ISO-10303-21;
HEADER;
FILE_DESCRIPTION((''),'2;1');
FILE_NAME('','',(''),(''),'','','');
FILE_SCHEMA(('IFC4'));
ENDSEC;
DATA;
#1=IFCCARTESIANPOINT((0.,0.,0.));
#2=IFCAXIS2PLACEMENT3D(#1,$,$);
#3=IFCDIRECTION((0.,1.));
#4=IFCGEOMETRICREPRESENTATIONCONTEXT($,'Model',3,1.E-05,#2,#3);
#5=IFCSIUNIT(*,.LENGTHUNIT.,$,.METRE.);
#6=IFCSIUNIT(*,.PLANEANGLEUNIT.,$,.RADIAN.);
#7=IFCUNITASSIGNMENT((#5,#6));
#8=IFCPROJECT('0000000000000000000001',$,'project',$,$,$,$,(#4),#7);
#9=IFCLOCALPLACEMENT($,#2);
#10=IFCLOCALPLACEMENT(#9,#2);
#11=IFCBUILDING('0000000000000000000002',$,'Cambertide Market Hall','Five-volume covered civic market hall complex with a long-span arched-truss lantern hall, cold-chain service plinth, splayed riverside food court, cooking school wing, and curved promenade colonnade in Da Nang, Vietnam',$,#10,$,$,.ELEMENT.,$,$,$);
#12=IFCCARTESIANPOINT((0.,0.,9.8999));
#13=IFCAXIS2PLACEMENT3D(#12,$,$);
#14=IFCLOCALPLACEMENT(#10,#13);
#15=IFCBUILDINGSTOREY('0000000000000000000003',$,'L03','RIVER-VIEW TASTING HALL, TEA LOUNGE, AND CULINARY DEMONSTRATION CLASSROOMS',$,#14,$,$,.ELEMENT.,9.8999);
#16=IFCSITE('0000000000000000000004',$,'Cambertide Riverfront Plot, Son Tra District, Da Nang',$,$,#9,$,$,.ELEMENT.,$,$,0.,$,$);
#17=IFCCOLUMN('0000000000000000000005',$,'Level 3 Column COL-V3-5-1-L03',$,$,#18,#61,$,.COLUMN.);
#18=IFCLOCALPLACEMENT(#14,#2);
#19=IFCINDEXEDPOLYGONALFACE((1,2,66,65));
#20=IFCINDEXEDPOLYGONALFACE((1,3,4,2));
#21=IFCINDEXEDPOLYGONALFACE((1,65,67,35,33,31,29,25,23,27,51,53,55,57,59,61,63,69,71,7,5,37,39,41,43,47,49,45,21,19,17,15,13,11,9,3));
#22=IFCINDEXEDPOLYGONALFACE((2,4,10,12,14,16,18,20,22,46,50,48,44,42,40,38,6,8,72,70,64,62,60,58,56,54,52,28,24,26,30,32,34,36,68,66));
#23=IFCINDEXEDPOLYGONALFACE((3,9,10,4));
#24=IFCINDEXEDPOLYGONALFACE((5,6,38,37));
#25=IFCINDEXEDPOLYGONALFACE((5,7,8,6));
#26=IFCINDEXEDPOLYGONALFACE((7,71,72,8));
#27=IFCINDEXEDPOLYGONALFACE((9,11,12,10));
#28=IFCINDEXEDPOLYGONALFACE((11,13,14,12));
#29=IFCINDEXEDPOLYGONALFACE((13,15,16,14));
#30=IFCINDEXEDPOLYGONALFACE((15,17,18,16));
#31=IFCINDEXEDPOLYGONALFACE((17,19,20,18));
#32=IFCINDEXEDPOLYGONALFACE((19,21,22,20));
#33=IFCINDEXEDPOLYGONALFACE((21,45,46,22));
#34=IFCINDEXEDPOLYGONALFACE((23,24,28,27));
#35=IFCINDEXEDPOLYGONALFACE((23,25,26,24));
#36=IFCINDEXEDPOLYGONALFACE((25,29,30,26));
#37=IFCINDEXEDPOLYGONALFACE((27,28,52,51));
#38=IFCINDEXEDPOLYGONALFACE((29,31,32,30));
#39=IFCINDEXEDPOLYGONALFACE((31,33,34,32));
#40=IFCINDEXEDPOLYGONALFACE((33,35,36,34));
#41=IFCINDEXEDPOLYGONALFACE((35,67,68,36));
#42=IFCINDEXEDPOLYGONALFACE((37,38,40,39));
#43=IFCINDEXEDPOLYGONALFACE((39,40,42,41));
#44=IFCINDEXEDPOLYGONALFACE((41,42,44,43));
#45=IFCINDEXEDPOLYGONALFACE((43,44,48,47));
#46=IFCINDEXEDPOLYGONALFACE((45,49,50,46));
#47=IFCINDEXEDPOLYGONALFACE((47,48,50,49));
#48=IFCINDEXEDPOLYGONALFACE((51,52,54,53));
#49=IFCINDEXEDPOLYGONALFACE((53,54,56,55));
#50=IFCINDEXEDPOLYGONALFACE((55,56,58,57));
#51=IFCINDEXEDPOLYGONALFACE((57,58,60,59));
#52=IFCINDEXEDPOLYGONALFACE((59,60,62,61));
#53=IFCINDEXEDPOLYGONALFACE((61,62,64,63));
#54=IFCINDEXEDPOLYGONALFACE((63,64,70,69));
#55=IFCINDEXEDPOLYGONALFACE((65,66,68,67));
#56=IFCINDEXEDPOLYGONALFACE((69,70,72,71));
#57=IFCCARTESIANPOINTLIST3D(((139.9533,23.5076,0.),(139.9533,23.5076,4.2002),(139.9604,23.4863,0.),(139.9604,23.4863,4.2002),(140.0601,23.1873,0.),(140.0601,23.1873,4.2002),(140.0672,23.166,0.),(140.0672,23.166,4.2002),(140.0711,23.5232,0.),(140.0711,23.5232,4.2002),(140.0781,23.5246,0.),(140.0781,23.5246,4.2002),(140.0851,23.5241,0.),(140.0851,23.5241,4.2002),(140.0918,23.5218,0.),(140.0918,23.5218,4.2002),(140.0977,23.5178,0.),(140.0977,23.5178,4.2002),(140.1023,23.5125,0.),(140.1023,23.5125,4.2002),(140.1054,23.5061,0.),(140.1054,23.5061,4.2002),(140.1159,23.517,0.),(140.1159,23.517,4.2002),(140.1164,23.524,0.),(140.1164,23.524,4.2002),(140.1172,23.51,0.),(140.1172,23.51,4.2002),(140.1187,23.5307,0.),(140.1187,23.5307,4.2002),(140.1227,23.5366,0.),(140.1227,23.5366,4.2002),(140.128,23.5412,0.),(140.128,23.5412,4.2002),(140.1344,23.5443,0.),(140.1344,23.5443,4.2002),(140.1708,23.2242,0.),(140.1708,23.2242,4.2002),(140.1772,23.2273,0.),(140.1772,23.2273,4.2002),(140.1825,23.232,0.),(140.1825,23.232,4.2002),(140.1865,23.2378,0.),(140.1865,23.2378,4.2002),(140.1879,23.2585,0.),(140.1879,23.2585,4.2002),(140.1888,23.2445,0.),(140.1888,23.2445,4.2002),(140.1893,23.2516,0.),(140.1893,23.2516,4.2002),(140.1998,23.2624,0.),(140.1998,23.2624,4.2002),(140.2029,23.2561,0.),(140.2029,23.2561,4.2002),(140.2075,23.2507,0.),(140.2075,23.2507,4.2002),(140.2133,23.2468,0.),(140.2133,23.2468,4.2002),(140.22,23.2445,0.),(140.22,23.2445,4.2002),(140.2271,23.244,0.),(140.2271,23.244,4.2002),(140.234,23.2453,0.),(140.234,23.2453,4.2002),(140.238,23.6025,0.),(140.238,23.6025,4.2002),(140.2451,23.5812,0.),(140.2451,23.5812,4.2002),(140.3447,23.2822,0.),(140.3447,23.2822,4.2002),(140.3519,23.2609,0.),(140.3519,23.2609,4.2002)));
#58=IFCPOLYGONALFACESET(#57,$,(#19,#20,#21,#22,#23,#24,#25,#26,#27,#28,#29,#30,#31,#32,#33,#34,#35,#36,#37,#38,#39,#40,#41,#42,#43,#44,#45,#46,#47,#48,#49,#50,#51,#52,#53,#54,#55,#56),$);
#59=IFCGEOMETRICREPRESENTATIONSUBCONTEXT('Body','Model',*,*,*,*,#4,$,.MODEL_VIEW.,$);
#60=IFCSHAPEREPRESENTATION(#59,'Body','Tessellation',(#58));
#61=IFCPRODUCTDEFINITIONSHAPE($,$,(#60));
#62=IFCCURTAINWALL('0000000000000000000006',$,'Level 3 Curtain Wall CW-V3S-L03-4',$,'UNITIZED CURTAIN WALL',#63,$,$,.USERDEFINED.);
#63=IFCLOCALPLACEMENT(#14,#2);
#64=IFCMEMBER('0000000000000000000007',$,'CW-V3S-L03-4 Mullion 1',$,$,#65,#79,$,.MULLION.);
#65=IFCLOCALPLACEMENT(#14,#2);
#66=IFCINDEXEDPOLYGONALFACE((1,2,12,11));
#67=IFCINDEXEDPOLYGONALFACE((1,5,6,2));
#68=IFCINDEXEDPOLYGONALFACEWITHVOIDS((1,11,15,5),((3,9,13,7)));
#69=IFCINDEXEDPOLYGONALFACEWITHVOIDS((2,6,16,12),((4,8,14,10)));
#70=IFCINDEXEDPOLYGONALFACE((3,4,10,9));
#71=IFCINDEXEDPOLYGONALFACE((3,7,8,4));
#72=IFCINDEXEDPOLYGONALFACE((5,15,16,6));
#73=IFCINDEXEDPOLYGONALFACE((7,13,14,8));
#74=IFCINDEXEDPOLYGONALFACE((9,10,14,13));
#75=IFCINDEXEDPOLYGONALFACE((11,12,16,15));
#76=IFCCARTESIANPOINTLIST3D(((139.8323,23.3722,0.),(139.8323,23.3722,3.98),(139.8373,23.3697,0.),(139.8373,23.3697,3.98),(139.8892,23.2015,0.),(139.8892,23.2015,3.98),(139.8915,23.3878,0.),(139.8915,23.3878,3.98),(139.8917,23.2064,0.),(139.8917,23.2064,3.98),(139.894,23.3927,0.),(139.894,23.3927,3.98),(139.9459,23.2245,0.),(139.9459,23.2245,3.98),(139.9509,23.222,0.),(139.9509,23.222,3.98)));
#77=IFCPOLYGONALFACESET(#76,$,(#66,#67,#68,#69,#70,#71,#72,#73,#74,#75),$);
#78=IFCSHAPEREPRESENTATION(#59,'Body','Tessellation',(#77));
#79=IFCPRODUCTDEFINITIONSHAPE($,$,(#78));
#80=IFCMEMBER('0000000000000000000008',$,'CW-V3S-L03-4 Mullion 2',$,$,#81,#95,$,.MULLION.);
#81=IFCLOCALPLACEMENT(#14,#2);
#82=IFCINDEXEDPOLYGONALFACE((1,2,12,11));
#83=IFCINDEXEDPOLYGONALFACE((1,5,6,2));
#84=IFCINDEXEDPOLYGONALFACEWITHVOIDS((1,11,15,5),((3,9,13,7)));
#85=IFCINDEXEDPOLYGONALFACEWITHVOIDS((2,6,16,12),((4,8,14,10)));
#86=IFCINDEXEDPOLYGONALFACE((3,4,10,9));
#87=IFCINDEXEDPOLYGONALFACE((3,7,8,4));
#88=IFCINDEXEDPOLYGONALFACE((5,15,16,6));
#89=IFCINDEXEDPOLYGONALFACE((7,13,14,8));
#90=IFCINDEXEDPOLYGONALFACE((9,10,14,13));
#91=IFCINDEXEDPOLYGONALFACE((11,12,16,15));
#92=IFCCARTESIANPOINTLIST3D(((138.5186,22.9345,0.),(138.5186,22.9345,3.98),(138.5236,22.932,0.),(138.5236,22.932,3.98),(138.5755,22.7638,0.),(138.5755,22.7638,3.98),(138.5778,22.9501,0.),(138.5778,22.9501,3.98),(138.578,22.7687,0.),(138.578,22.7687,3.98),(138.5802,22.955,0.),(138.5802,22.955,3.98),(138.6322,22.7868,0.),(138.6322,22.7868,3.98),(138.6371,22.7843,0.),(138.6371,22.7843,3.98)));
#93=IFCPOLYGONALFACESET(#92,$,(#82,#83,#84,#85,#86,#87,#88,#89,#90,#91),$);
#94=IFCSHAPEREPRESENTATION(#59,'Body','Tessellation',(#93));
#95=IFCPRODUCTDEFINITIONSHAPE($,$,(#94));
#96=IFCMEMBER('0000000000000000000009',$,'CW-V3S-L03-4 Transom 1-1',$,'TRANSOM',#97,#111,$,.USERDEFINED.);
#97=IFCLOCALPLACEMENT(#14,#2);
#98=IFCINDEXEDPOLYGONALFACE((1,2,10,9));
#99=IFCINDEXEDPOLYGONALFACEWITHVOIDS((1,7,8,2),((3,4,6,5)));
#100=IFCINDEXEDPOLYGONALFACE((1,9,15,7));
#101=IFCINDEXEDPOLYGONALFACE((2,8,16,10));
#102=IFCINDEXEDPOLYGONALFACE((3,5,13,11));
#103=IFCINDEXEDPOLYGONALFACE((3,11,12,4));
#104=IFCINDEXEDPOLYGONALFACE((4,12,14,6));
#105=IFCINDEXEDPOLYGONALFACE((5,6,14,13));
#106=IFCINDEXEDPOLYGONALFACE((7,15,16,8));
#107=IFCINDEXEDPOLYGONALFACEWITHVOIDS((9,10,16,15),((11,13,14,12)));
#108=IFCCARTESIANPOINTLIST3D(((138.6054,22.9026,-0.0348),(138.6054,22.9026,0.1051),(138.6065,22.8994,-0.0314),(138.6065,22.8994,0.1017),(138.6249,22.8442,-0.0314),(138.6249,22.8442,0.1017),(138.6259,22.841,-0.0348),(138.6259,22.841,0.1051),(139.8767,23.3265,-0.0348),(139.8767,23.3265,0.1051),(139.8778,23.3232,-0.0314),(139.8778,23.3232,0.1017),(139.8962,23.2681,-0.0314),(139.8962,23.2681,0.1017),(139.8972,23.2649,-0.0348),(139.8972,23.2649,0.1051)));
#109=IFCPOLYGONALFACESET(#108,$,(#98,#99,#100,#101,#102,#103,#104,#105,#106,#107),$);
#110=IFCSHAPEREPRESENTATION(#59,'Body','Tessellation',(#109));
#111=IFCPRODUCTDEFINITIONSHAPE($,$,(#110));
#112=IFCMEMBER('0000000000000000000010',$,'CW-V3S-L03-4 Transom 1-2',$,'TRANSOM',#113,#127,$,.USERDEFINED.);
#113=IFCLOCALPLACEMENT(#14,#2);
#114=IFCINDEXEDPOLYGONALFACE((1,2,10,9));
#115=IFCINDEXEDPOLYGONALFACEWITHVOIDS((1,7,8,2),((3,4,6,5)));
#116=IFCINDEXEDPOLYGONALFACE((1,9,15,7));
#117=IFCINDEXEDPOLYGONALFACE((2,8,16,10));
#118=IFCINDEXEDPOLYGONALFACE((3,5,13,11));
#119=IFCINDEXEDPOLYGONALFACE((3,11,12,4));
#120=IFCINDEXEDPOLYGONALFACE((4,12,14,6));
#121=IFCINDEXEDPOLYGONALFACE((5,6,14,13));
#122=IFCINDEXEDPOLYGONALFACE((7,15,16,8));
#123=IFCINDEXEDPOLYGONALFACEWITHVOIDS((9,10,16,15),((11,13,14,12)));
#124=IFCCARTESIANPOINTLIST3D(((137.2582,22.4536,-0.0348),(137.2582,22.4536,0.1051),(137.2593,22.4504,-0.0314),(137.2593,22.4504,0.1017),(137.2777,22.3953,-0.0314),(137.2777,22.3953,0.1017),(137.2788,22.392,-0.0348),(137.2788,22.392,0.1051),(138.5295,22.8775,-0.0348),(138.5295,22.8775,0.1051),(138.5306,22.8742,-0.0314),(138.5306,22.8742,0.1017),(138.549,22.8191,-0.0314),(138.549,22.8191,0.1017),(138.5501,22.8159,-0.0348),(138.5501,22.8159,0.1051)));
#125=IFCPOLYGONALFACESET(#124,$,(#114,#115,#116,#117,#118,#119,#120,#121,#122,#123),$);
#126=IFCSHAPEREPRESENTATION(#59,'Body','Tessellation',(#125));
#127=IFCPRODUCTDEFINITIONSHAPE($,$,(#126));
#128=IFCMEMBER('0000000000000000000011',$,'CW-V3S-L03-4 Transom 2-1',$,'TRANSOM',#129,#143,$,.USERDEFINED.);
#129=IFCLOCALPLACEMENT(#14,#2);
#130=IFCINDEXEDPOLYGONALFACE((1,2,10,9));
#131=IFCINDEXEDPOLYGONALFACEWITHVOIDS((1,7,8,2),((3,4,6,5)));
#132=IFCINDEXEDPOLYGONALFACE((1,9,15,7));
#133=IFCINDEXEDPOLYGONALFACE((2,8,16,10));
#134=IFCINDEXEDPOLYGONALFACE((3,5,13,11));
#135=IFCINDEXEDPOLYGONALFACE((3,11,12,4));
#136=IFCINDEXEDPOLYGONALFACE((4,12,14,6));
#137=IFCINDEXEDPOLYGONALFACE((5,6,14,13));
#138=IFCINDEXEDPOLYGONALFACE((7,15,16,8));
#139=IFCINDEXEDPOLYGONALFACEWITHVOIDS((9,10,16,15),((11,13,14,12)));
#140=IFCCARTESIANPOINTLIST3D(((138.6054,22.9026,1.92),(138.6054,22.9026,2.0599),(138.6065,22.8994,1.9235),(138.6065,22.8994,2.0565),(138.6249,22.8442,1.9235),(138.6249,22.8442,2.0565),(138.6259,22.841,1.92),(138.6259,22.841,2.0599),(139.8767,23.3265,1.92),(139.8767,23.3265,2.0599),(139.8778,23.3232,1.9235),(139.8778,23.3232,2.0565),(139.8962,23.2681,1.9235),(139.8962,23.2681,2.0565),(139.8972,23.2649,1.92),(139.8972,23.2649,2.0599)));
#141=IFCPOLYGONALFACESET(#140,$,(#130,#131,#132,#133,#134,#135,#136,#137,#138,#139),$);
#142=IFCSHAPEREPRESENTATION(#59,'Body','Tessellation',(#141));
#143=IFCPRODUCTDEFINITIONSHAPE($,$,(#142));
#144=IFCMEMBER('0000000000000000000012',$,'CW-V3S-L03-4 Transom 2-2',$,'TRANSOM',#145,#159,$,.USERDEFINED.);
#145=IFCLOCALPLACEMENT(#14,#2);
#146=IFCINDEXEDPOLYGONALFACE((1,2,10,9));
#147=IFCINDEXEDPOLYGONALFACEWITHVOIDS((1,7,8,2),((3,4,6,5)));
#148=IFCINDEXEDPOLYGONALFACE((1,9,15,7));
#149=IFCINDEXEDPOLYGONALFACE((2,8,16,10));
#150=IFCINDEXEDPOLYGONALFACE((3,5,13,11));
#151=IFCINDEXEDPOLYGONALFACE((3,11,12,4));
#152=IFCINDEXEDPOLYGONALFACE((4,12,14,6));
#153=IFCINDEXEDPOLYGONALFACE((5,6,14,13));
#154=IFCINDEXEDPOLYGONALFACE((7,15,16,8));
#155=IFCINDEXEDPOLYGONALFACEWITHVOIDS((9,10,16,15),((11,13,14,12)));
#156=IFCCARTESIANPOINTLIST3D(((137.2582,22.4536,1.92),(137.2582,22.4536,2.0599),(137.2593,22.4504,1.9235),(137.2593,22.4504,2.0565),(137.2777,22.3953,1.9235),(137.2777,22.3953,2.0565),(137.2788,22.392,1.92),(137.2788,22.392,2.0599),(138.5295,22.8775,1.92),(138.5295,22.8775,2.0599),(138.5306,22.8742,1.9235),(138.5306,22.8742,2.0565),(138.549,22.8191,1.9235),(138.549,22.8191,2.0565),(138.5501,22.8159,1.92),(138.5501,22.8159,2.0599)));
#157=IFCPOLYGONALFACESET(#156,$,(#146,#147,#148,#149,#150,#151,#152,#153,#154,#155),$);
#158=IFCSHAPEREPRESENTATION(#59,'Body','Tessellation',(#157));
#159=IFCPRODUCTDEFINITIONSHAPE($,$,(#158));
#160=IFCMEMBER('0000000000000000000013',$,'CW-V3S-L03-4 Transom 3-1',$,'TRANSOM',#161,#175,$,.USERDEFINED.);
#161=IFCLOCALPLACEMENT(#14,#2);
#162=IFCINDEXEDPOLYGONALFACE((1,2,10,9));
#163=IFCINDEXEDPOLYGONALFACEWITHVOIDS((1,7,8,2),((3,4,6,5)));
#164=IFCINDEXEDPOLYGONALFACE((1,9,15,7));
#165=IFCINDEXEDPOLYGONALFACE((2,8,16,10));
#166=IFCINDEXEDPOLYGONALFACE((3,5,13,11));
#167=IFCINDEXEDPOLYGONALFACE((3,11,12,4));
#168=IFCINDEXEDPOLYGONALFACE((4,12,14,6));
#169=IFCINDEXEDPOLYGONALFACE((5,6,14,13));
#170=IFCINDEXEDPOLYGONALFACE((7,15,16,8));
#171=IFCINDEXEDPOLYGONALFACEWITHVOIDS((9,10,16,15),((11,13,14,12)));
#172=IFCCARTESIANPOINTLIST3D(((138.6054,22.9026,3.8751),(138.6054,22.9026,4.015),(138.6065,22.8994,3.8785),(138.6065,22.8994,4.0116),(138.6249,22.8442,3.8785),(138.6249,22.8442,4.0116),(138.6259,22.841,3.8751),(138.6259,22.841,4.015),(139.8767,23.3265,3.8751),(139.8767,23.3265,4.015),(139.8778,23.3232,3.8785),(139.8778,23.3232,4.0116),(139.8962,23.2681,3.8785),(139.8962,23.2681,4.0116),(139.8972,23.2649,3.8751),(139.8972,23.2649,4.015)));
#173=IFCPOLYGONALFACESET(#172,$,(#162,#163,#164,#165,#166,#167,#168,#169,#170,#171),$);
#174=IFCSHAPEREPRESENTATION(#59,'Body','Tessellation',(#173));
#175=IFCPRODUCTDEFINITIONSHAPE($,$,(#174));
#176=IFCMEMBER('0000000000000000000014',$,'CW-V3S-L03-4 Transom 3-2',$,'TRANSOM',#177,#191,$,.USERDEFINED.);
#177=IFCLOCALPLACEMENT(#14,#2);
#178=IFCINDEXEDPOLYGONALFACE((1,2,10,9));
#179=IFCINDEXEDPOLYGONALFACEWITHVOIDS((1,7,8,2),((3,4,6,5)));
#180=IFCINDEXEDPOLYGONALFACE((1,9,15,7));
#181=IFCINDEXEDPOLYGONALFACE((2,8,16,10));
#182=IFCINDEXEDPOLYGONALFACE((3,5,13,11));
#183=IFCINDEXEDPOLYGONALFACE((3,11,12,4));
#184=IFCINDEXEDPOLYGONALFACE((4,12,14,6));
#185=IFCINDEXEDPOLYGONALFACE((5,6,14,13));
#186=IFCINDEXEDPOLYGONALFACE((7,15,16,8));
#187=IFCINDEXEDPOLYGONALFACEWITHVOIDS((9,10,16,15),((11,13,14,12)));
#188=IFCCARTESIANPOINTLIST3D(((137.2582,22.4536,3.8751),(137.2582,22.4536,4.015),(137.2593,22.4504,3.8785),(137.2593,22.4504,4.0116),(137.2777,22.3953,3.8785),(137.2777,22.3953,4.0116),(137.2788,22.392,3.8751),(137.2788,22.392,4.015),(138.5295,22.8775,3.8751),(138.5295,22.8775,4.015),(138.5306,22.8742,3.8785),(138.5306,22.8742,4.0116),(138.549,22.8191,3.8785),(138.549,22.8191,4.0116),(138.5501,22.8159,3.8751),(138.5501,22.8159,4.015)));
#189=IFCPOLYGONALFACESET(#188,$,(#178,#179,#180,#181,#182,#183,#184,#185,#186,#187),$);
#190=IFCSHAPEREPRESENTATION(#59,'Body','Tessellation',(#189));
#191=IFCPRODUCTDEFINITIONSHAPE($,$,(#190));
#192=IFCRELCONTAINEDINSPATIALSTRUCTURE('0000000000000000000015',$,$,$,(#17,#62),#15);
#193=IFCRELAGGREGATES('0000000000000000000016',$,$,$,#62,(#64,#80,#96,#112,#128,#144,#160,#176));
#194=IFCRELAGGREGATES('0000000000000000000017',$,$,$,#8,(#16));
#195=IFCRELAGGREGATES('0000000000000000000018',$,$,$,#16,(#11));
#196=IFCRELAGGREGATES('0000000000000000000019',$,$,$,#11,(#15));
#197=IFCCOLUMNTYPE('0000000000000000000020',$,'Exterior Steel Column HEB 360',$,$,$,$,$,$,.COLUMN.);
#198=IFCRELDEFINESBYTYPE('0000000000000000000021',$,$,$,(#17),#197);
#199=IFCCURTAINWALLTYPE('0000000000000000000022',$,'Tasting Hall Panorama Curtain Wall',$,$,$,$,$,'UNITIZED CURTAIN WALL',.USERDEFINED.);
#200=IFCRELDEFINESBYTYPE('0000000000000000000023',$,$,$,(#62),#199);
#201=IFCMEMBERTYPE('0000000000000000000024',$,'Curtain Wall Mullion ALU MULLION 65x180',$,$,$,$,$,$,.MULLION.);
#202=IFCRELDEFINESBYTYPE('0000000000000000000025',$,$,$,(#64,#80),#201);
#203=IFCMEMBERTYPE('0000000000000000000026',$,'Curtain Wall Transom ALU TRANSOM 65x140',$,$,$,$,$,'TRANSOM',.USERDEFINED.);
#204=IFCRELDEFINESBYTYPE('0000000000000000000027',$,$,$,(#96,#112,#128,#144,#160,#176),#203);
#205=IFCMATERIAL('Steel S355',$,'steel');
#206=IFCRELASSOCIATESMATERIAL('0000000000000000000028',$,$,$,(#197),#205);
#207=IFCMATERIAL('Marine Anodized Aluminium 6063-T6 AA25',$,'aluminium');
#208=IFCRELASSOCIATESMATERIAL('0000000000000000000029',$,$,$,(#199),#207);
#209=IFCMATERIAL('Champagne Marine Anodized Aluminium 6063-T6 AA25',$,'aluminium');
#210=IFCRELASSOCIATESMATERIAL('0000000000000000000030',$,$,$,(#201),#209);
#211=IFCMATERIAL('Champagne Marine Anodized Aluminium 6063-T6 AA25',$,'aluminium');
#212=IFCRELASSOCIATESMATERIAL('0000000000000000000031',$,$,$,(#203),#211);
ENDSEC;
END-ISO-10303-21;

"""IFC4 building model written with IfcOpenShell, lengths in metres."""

from ifc_helpers import new_model, si_unit, direction, frame, origin, origin_2d, place, context, subcontext, project, spatial, hollow_rectangle, i_section, extrude, material, material_profile, profile_set, type_object, element, aggregate, save


model = new_model("IFC4")

# Units and contexts
model_context = context("Model", 3, precision=1e-05, world=origin(), true_north=direction((0.0, 1.0)))
body_context = subcontext(model_context, "Body", "Model", "MODEL_VIEW")
ifc_project = project(units=[si_unit("LENGTHUNIT", "METRE"), si_unit("PLANEANGLEUNIT", "RADIAN")], contexts=[model_context])

# Site, building, storey
site_placement = place(None, origin())
site = spatial("IfcSite", under=ifc_project, at=site_placement, Name="Cambertide Riverfront Plot, Son Tra District, Da Nang", CompositionType="ELEMENT", RefElevation=0.0)
building_placement = place(site_placement, origin())
building = spatial("IfcBuilding", under=site, at=building_placement, Name="Cambertide Market Hall", Description="Five-volume covered civic market hall complex with a long-span arched-truss lantern hall, cold-chain service plinth, splayed riverside food court, cooking school wing, and curved promenade colonnade in Da Nang, Vietnam", CompositionType="ELEMENT")
storey_placement = place(building_placement, frame((0.0, 0.0, 9.8999)))
storey = spatial("IfcBuildingStorey", under=building, at=storey_placement, Name="L03", Description="RIVER-VIEW TASTING HALL, TEA LOUNGE, AND CULINARY DEMONSTRATION CLASSROOMS", CompositionType="ELEMENT", Elevation=9.8999)

# Column
ifc_material_1 = material(Name="Steel S355", Category="steel")
ifc_material_profile_1 = material_profile(ifc_material_1, i_section(OverallWidth=0.3, OverallDepth=0.3601, WebThickness=0.0125, FlangeThickness=0.0225, FilletRadius=0.0271, at=origin_2d()), Name="HEB 360")
ifc_profile_set_1 = profile_set([ifc_material_profile_1], Name="Steel S355")
column_type = type_object("IfcColumnType", Name="Exterior Steel Column HEB 360", PredefinedType="COLUMN", material=ifc_profile_set_1)
column_placement = place(storey_placement, frame((140.1526, 23.3843, 0.0), z_axis=(0.0, 0.0, 1.0), x_axis=(0.948683, 0.316228, 0.0)))
element("IfcColumn", 1, at=column_placement, inside=storey, type_object=column_type, Name="Level 3 Column COL-V3-5-1-L03", PredefinedType="COLUMN", context=body_context, shape_type="SweptSolid", body=[
    extrude(i_section(OverallWidth=0.3, OverallDepth=0.3601, WebThickness=0.0125, FlangeThickness=0.0225, FilletRadius=0.0271, at=origin_2d()), origin(), (0.0, 0.0, 1.0), 4.2002),
])

# Curtain wall, members
ifc_material_2 = material(Name="Marine Anodized Aluminium 6063-T6 AA25", Category="aluminium")
curtain_wall_type = type_object("IfcCurtainWallType", Name="Tasting Hall Panorama Curtain Wall", ElementType="UNITIZED CURTAIN WALL", PredefinedType="USERDEFINED", material=ifc_material_2)
curtain_wall_placement = place(storey_placement, origin())
curtain_wall = element("IfcCurtainWall", 2, at=curtain_wall_placement, inside=storey, type_object=curtain_wall_type, Name="Level 3 Curtain Wall CW-V3S-L03-4", ObjectType="UNITIZED CURTAIN WALL", PredefinedType="USERDEFINED")
ifc_material_3 = material(Name="Champagne Marine Anodized Aluminium 6063-T6 AA25", Category="aluminium")
ifc_material_profile_2 = material_profile(ifc_material_3, hollow_rectangle(XDim=0.0649, YDim=0.1799, WallThickness=0.0039, at=origin_2d()), Name="ALU MULLION 65x180")
ifc_profile_set_2 = profile_set([ifc_material_profile_2], Name="Champagne Marine Anodized Aluminium 6063-T6 AA25")
member_type_1 = type_object("IfcMemberType", Name="Curtain Wall Mullion ALU MULLION 65x180", PredefinedType="MULLION", material=ifc_profile_set_2)
member_1_placement = place(storey_placement, frame((139.8916, 23.2971, 0.0), z_axis=(0.0, 0.0, 1.0), x_axis=(-0.948683, -0.316228, 0.0)))
member_1 = element("IfcMember", 3, at=member_1_placement, type_object=member_type_1, Name="CW-V3S-L03-4 Mullion 1", PredefinedType="MULLION", context=body_context, shape_type="SweptSolid", body=[
    extrude(hollow_rectangle(XDim=0.0649, YDim=0.1799, WallThickness=0.0039, at=origin_2d()), origin(), (0.0, 0.0, 1.0), 3.98),
])
member_2_placement = place(storey_placement, frame((138.5779, 22.8594, 0.0), z_axis=(0.0, 0.0, 1.0), x_axis=(-0.948683, -0.316228, 0.0)))
member_2 = element("IfcMember", 4, at=member_2_placement, type_object=member_type_1, Name="CW-V3S-L03-4 Mullion 2", PredefinedType="MULLION", context=body_context, shape_type="SweptSolid", body=[
    extrude(hollow_rectangle(XDim=0.0649, YDim=0.1799, WallThickness=0.0039, at=origin_2d()), origin(), (0.0, 0.0, 1.0), 3.98),
])
ifc_material_4 = material(Name="Champagne Marine Anodized Aluminium 6063-T6 AA25", Category="aluminium")
ifc_material_profile_3 = material_profile(ifc_material_4, hollow_rectangle(XDim=0.0649, YDim=0.1399, WallThickness=0.0034, at=origin_2d()), Name="ALU TRANSOM 65x140")
ifc_profile_set_3 = profile_set([ifc_material_profile_3], Name="Champagne Marine Anodized Aluminium 6063-T6 AA25")
member_type_2 = type_object("IfcMemberType", Name="Curtain Wall Transom ALU TRANSOM 65x140", ElementType="TRANSOM", PredefinedType="USERDEFINED", material=ifc_profile_set_3)
member_3_placement = place(storey_placement, frame((139.887, 23.2957, 0.0352), z_axis=(-0.948665, -0.316282, 0.0), x_axis=(0.316282, -0.948665, 0.0)))
member_3 = element("IfcMember", 5, at=member_3_placement, type_object=member_type_2, Name="CW-V3S-L03-4 Transom 1-1", ObjectType="TRANSOM", PredefinedType="USERDEFINED", context=body_context, shape_type="SweptSolid", body=[
    extrude(hollow_rectangle(XDim=0.0649, YDim=0.1399, WallThickness=0.0034, at=origin_2d()), origin(), (0.0, 0.0, 1.0), 1.3401),
])
member_4_placement = place(storey_placement, frame((138.5398, 22.8467, 0.0352), z_axis=(-0.948665, -0.316282, 0.0), x_axis=(0.316282, -0.948665, 0.0)))
member_4 = element("IfcMember", 6, at=member_4_placement, type_object=member_type_2, Name="CW-V3S-L03-4 Transom 1-2", ObjectType="TRANSOM", PredefinedType="USERDEFINED", context=body_context, shape_type="SweptSolid", body=[
    extrude(hollow_rectangle(XDim=0.0649, YDim=0.1399, WallThickness=0.0034, at=origin_2d()), origin(), (0.0, 0.0, 1.0), 1.3401),
])
member_5_placement = place(storey_placement, frame((139.887, 23.2957, 1.99), z_axis=(-0.948665, -0.316282, 0.0), x_axis=(0.316282, -0.948665, 0.0)))
member_5 = element("IfcMember", 7, at=member_5_placement, type_object=member_type_2, Name="CW-V3S-L03-4 Transom 2-1", ObjectType="TRANSOM", PredefinedType="USERDEFINED", context=body_context, shape_type="SweptSolid", body=[
    extrude(hollow_rectangle(XDim=0.0649, YDim=0.1399, WallThickness=0.0034, at=origin_2d()), origin(), (0.0, 0.0, 1.0), 1.3401),
])
member_6_placement = place(storey_placement, frame((138.5398, 22.8467, 1.99), z_axis=(-0.948665, -0.316282, 0.0), x_axis=(0.316282, -0.948665, 0.0)))
member_6 = element("IfcMember", 8, at=member_6_placement, type_object=member_type_2, Name="CW-V3S-L03-4 Transom 2-2", ObjectType="TRANSOM", PredefinedType="USERDEFINED", context=body_context, shape_type="SweptSolid", body=[
    extrude(hollow_rectangle(XDim=0.0649, YDim=0.1399, WallThickness=0.0034, at=origin_2d()), origin(), (0.0, 0.0, 1.0), 1.3401),
])
member_7_placement = place(storey_placement, frame((139.887, 23.2957, 3.9451), z_axis=(-0.948665, -0.316282, 0.0), x_axis=(0.316282, -0.948665, 0.0)))
member_7 = element("IfcMember", 9, at=member_7_placement, type_object=member_type_2, Name="CW-V3S-L03-4 Transom 3-1", ObjectType="TRANSOM", PredefinedType="USERDEFINED", context=body_context, shape_type="SweptSolid", body=[
    extrude(hollow_rectangle(XDim=0.0649, YDim=0.1399, WallThickness=0.0034, at=origin_2d()), origin(), (0.0, 0.0, 1.0), 1.3401),
])
member_8_placement = place(storey_placement, frame((138.5398, 22.8467, 3.9451), z_axis=(-0.948665, -0.316282, 0.0), x_axis=(0.316282, -0.948665, 0.0)))
member_8 = element("IfcMember", 10, at=member_8_placement, type_object=member_type_2, Name="CW-V3S-L03-4 Transom 3-2", ObjectType="TRANSOM", PredefinedType="USERDEFINED", context=body_context, shape_type="SweptSolid", body=[
    extrude(hollow_rectangle(XDim=0.0649, YDim=0.1399, WallThickness=0.0034, at=origin_2d()), origin(), (0.0, 0.0, 1.0), 1.3401),
])
aggregate(curtain_wall, [member_1, member_2, member_3, member_4, member_5, member_6, member_7, member_8])

save(model, "model.ifc")
